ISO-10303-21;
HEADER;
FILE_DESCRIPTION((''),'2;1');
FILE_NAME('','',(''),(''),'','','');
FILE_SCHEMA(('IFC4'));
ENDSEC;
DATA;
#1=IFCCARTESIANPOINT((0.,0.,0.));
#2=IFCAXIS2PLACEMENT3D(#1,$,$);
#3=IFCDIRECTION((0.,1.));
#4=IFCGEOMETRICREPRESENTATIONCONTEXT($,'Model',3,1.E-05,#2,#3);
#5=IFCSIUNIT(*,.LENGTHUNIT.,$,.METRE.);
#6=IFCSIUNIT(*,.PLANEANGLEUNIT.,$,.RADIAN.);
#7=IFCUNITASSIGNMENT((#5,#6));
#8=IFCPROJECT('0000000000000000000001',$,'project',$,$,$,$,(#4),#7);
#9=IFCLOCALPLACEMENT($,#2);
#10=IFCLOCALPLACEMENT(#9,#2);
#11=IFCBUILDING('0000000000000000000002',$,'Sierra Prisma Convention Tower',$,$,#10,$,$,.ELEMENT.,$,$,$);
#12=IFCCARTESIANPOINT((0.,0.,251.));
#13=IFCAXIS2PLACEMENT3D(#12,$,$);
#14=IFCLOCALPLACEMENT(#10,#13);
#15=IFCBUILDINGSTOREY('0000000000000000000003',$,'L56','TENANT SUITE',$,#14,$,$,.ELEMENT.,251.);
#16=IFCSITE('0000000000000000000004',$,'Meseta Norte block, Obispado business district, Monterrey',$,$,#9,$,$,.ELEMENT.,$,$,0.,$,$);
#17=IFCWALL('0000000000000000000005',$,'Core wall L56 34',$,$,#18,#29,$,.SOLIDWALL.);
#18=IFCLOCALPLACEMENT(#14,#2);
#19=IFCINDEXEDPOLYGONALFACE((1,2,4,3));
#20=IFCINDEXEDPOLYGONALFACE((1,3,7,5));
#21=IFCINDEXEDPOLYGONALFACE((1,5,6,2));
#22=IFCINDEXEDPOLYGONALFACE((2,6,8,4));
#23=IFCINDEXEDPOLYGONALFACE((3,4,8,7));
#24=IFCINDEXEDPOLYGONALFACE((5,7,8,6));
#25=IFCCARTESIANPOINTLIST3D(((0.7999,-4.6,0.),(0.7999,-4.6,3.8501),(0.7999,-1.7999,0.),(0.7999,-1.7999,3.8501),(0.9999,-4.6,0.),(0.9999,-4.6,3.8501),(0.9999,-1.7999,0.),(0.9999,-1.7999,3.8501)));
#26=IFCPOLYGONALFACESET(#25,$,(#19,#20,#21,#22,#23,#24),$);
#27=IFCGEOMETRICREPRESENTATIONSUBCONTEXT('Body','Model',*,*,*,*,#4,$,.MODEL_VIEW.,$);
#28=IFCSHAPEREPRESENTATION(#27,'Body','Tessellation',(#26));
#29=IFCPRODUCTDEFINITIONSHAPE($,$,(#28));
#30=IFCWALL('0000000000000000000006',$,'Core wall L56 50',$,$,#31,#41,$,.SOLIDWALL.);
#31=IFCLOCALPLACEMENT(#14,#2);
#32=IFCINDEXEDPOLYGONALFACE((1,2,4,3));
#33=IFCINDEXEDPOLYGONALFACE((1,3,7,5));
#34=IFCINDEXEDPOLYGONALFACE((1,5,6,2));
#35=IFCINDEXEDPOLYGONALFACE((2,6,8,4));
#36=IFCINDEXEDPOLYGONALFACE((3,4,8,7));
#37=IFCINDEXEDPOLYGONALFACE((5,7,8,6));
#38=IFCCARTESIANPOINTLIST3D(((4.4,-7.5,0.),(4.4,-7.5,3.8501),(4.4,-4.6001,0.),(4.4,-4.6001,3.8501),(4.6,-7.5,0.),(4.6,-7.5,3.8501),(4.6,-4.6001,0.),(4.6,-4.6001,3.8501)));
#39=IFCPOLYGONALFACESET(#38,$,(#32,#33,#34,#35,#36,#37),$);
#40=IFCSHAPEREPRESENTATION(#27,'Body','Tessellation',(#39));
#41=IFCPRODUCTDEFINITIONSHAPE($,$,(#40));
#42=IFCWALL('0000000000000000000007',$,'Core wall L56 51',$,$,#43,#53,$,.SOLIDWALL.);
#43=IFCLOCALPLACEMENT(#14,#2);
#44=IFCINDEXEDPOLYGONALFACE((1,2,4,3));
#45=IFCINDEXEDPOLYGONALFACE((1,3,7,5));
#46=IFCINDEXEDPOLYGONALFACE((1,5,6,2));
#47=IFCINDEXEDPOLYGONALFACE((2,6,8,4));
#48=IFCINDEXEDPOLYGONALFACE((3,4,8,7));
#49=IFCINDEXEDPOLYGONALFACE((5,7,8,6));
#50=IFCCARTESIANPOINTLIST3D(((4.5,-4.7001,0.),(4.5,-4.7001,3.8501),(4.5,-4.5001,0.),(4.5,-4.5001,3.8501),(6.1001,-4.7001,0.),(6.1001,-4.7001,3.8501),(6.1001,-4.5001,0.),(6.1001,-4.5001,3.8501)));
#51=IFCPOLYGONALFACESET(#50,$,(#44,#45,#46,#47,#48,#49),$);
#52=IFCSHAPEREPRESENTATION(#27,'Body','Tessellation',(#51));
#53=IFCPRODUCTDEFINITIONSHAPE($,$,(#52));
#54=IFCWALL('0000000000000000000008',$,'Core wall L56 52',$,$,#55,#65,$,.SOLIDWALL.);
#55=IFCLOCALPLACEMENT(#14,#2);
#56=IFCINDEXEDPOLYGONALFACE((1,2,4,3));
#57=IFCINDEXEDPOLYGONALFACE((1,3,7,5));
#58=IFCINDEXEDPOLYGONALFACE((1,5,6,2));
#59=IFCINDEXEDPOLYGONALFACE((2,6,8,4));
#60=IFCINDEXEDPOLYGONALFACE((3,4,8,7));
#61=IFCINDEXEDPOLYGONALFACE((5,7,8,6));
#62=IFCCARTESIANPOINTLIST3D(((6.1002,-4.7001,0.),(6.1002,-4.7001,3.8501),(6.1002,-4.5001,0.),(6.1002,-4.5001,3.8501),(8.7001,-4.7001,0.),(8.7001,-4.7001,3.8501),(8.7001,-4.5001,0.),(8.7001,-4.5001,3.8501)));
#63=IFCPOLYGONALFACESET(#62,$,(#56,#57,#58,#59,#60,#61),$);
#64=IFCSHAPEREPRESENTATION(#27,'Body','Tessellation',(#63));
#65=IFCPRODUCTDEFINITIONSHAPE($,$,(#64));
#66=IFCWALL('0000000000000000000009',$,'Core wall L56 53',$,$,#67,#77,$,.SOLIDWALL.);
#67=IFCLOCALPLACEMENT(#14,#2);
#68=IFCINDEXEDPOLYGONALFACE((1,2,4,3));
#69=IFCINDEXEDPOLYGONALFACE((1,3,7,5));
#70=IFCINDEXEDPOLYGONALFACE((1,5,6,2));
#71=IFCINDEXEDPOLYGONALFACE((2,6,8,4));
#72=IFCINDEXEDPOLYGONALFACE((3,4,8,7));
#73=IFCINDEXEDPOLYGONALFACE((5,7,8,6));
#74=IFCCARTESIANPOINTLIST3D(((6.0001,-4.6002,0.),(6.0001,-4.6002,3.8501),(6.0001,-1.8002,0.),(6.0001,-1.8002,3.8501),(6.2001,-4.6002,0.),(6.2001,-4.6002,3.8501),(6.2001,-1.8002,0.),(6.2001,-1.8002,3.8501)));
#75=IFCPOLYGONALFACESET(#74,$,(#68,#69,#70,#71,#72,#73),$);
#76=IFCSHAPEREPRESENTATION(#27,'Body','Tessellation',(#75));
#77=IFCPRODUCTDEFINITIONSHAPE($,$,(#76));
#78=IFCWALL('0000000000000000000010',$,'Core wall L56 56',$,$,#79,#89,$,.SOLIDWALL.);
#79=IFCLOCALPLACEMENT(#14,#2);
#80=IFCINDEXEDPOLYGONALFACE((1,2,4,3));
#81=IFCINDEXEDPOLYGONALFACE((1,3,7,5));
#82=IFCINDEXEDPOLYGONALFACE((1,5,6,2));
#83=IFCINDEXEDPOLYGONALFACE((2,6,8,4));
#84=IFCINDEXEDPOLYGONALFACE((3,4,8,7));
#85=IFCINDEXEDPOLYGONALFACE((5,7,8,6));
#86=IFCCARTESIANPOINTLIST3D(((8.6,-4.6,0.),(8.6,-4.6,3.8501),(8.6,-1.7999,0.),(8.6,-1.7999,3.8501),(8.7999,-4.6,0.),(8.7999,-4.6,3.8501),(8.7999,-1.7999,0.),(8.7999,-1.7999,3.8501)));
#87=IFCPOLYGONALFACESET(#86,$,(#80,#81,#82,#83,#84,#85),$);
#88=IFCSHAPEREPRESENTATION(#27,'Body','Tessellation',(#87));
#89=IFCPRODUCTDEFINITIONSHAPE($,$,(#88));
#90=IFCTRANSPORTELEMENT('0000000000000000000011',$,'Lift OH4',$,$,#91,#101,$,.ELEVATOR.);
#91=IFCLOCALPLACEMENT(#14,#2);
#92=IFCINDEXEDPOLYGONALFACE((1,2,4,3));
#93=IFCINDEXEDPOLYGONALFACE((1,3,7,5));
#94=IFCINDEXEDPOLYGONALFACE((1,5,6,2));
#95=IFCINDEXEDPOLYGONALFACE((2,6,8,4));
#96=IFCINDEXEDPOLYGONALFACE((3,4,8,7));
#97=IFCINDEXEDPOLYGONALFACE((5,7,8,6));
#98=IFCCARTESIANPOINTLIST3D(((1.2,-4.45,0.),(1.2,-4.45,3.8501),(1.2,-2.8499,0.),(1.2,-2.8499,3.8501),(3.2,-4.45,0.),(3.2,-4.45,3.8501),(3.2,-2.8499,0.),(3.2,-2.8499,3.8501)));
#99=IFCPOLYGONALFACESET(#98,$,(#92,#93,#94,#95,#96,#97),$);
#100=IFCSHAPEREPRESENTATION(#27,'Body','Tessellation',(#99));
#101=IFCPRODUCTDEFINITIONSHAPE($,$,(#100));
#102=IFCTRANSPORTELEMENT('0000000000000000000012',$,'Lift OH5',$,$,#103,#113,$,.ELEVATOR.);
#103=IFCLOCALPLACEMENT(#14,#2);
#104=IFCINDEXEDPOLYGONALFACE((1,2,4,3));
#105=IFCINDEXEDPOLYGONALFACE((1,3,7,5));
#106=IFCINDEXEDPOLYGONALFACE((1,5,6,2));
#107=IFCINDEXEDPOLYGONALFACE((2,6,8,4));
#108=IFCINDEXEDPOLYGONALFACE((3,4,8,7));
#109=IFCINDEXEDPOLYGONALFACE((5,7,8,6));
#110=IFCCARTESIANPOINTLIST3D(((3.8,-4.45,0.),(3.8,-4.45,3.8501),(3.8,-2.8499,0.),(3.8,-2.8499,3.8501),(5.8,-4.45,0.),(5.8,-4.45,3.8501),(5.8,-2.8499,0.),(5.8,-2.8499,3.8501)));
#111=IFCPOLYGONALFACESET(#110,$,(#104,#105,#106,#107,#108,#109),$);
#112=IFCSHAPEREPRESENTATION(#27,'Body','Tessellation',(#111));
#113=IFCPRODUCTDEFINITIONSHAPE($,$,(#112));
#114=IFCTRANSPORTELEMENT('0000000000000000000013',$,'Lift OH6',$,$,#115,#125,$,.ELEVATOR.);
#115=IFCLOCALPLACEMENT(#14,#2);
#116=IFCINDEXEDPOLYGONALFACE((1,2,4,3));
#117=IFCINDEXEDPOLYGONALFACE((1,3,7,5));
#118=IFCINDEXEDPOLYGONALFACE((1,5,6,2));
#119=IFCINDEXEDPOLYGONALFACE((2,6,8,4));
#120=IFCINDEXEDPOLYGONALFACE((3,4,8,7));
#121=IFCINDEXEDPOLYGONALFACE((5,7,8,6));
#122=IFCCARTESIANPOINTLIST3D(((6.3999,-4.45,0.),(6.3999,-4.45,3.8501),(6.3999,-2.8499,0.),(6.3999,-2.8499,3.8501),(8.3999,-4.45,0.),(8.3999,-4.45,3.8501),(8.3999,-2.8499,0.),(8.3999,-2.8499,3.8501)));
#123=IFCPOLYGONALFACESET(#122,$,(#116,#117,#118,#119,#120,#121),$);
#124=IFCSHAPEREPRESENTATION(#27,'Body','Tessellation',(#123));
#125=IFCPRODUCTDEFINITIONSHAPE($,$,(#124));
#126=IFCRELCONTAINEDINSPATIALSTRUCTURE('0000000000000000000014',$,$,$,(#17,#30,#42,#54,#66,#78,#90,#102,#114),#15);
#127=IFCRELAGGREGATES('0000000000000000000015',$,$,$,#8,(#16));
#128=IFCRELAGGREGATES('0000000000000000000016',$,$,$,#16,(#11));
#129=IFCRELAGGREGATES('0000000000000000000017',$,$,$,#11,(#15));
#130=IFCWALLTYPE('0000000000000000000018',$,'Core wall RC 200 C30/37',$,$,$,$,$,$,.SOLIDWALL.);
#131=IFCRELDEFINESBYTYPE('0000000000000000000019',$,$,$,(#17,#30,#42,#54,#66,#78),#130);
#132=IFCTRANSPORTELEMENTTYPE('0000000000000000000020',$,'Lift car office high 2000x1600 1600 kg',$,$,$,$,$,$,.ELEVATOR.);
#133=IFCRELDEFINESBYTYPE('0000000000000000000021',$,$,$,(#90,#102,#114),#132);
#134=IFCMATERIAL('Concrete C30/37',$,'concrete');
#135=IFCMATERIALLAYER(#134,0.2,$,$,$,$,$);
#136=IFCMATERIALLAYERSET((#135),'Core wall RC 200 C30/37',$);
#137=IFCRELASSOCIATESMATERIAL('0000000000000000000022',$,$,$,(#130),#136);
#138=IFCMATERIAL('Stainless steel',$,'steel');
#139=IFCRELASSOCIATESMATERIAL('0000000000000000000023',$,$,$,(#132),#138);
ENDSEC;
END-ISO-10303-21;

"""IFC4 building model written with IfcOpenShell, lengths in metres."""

from ifc_helpers import new_model, si_unit, direction, frame, frame_2d, origin, origin_2d, place, context, subcontext, project, spatial, rectangle, extrude, material, layer, layer_set, type_object, element, save


model = new_model("IFC4")

# Units and contexts
model_context = context("Model", 3, precision=1e-05, world=origin(), true_north=direction((0.0, 1.0)))
body_context = subcontext(model_context, "Body", "Model", "MODEL_VIEW")
ifc_project = project(units=[si_unit("LENGTHUNIT", "METRE"), si_unit("PLANEANGLEUNIT", "RADIAN")], contexts=[model_context])

# Site, building, storey
site_placement = place(None, origin())
site = spatial("IfcSite", under=ifc_project, at=site_placement, Name="Meseta Norte block, Obispado business district, Monterrey", CompositionType="ELEMENT", RefElevation=0.0)
building_placement = place(site_placement, origin())
building = spatial("IfcBuilding", under=site, at=building_placement, Name="Sierra Prisma Convention Tower", CompositionType="ELEMENT")
storey_placement = place(building_placement, frame((0.0, 0.0, 251.0)))
storey = spatial("IfcBuildingStorey", under=building, at=storey_placement, Name="L56", Description="TENANT SUITE", CompositionType="ELEMENT", Elevation=251.0)

# Shared definitions
ifc_material_1 = material(Name="Concrete C30/37", Category="concrete")
ifc_layer = layer(ifc_material_1, 0.2)
ifc_layer_set = layer_set([ifc_layer], Name="Core wall RC 200 C30/37")
wall_type = type_object("IfcWallType", Name="Core wall RC 200 C30/37", PredefinedType="SOLIDWALL", material=ifc_layer_set)

# Wall
wall_1_placement = place(storey_placement, frame((0.8999, -1.8, 0.0), z_axis=(0.0, 0.0, 1.0), x_axis=(0.0, -1.0, 0.0)))
element("IfcWall", 1, at=wall_1_placement, inside=storey, type_object=wall_type, Name="Core wall L56 34", PredefinedType="SOLIDWALL", context=body_context, shape_type="SweptSolid", body=[
    extrude(rectangle(XDim=2.8, YDim=0.2, at=frame_2d((1.3999, 0.0))), origin(), (0.0, 0.0, 1.0), 3.8501),
])

# Walls
wall_2_placement = place(storey_placement, frame((4.5, -4.6001, 0.0), z_axis=(0.0, 0.0, 1.0), x_axis=(0.0, -1.0, 0.0)))
element("IfcWall", 2, at=wall_2_placement, inside=storey, type_object=wall_type, Name="Core wall L56 50", PredefinedType="SOLIDWALL", context=body_context, shape_type="SweptSolid", body=[
    extrude(rectangle(XDim=2.8999, YDim=0.2, at=frame_2d((1.45, 0.0))), origin(), (0.0, 0.0, 1.0), 3.8501),
])
wall_3_placement = place(storey_placement, frame((6.1001, -4.6001, 0.0), z_axis=(0.0, 0.0, 1.0), x_axis=(-1.0, 0.0, 0.0)))
element("IfcWall", 3, at=wall_3_placement, inside=storey, type_object=wall_type, Name="Core wall L56 51", PredefinedType="SOLIDWALL", context=body_context, shape_type="SweptSolid", body=[
    extrude(rectangle(XDim=1.6001, YDim=0.2, at=frame_2d((0.8, 0.0))), origin(), (0.0, 0.0, 1.0), 3.8501),
])
wall_4_placement = place(storey_placement, frame((8.7, -4.6001, 0.0), z_axis=(0.0, 0.0, 1.0), x_axis=(-1.0, 0.0, 0.0)))
element("IfcWall", 4, at=wall_4_placement, inside=storey, type_object=wall_type, Name="Core wall L56 52", PredefinedType="SOLIDWALL", context=body_context, shape_type="SweptSolid", body=[
    extrude(rectangle(XDim=2.5999, YDim=0.2, at=frame_2d((1.2998, 0.0))), origin(), (0.0, 0.0, 1.0), 3.8501),
])
wall_5_placement = place(storey_placement, frame((6.1001, -4.6001, 0.0), z_axis=(0.0, 0.0, 1.0), x_axis=(0.0, 1.0, 0.0)))
element("IfcWall", 5, at=wall_5_placement, inside=storey, type_object=wall_type, Name="Core wall L56 53", PredefinedType="SOLIDWALL", context=body_context, shape_type="SweptSolid", body=[
    extrude(rectangle(XDim=2.8, YDim=0.2, at=frame_2d((1.3999, 0.0))), origin(), (0.0, 0.0, 1.0), 3.8501),
])

# Wall
wall_6_placement = place(storey_placement, frame((8.7, -1.8, 0.0), z_axis=(0.0, 0.0, 1.0), x_axis=(0.0, -1.0, 0.0)))
element("IfcWall", 6, at=wall_6_placement, inside=storey, type_object=wall_type, Name="Core wall L56 56", PredefinedType="SOLIDWALL", context=body_context, shape_type="SweptSolid", body=[
    extrude(rectangle(XDim=2.8, YDim=0.2, at=frame_2d((1.3999, 0.0))), origin(), (0.0, 0.0, 1.0), 3.8501),
])

# Transport elements
ifc_material_2 = material(Name="Stainless steel", Category="steel")
transport_element_type = type_object("IfcTransportElementType", Name="Lift car office high 2000x1600 1600 kg", PredefinedType="ELEVATOR", material=ifc_material_2)
for number, where, z_axis, x_axis, name in (
    (7, (2.2, -3.6499, 0.0), (0.0, 0.0, 1.0), (1.0, 0.0, 0.0), "Lift OH4"),
    (8, (4.8, -3.6499, 0.0), (0.0, 0.0, 1.0), (1.0, 0.0, 0.0), "Lift OH5"),
    (9, (7.3999, -3.6499, 0.0), (0.0, 0.0, 1.0), (1.0, 0.0, 0.0), "Lift OH6"),
):
    element("IfcTransportElement", number, at=place(storey_placement, frame(where, z_axis=z_axis, x_axis=x_axis)), inside=storey, type_object=transport_element_type, Name=name, PredefinedType="ELEVATOR", context=body_context, shape_type="SweptSolid", body=[
        extrude(rectangle(XDim=2.0, YDim=1.6001, at=origin_2d()), origin(), (0.0, 0.0, 1.0), 3.8501),
    ])

save(model, "model.ifc")
